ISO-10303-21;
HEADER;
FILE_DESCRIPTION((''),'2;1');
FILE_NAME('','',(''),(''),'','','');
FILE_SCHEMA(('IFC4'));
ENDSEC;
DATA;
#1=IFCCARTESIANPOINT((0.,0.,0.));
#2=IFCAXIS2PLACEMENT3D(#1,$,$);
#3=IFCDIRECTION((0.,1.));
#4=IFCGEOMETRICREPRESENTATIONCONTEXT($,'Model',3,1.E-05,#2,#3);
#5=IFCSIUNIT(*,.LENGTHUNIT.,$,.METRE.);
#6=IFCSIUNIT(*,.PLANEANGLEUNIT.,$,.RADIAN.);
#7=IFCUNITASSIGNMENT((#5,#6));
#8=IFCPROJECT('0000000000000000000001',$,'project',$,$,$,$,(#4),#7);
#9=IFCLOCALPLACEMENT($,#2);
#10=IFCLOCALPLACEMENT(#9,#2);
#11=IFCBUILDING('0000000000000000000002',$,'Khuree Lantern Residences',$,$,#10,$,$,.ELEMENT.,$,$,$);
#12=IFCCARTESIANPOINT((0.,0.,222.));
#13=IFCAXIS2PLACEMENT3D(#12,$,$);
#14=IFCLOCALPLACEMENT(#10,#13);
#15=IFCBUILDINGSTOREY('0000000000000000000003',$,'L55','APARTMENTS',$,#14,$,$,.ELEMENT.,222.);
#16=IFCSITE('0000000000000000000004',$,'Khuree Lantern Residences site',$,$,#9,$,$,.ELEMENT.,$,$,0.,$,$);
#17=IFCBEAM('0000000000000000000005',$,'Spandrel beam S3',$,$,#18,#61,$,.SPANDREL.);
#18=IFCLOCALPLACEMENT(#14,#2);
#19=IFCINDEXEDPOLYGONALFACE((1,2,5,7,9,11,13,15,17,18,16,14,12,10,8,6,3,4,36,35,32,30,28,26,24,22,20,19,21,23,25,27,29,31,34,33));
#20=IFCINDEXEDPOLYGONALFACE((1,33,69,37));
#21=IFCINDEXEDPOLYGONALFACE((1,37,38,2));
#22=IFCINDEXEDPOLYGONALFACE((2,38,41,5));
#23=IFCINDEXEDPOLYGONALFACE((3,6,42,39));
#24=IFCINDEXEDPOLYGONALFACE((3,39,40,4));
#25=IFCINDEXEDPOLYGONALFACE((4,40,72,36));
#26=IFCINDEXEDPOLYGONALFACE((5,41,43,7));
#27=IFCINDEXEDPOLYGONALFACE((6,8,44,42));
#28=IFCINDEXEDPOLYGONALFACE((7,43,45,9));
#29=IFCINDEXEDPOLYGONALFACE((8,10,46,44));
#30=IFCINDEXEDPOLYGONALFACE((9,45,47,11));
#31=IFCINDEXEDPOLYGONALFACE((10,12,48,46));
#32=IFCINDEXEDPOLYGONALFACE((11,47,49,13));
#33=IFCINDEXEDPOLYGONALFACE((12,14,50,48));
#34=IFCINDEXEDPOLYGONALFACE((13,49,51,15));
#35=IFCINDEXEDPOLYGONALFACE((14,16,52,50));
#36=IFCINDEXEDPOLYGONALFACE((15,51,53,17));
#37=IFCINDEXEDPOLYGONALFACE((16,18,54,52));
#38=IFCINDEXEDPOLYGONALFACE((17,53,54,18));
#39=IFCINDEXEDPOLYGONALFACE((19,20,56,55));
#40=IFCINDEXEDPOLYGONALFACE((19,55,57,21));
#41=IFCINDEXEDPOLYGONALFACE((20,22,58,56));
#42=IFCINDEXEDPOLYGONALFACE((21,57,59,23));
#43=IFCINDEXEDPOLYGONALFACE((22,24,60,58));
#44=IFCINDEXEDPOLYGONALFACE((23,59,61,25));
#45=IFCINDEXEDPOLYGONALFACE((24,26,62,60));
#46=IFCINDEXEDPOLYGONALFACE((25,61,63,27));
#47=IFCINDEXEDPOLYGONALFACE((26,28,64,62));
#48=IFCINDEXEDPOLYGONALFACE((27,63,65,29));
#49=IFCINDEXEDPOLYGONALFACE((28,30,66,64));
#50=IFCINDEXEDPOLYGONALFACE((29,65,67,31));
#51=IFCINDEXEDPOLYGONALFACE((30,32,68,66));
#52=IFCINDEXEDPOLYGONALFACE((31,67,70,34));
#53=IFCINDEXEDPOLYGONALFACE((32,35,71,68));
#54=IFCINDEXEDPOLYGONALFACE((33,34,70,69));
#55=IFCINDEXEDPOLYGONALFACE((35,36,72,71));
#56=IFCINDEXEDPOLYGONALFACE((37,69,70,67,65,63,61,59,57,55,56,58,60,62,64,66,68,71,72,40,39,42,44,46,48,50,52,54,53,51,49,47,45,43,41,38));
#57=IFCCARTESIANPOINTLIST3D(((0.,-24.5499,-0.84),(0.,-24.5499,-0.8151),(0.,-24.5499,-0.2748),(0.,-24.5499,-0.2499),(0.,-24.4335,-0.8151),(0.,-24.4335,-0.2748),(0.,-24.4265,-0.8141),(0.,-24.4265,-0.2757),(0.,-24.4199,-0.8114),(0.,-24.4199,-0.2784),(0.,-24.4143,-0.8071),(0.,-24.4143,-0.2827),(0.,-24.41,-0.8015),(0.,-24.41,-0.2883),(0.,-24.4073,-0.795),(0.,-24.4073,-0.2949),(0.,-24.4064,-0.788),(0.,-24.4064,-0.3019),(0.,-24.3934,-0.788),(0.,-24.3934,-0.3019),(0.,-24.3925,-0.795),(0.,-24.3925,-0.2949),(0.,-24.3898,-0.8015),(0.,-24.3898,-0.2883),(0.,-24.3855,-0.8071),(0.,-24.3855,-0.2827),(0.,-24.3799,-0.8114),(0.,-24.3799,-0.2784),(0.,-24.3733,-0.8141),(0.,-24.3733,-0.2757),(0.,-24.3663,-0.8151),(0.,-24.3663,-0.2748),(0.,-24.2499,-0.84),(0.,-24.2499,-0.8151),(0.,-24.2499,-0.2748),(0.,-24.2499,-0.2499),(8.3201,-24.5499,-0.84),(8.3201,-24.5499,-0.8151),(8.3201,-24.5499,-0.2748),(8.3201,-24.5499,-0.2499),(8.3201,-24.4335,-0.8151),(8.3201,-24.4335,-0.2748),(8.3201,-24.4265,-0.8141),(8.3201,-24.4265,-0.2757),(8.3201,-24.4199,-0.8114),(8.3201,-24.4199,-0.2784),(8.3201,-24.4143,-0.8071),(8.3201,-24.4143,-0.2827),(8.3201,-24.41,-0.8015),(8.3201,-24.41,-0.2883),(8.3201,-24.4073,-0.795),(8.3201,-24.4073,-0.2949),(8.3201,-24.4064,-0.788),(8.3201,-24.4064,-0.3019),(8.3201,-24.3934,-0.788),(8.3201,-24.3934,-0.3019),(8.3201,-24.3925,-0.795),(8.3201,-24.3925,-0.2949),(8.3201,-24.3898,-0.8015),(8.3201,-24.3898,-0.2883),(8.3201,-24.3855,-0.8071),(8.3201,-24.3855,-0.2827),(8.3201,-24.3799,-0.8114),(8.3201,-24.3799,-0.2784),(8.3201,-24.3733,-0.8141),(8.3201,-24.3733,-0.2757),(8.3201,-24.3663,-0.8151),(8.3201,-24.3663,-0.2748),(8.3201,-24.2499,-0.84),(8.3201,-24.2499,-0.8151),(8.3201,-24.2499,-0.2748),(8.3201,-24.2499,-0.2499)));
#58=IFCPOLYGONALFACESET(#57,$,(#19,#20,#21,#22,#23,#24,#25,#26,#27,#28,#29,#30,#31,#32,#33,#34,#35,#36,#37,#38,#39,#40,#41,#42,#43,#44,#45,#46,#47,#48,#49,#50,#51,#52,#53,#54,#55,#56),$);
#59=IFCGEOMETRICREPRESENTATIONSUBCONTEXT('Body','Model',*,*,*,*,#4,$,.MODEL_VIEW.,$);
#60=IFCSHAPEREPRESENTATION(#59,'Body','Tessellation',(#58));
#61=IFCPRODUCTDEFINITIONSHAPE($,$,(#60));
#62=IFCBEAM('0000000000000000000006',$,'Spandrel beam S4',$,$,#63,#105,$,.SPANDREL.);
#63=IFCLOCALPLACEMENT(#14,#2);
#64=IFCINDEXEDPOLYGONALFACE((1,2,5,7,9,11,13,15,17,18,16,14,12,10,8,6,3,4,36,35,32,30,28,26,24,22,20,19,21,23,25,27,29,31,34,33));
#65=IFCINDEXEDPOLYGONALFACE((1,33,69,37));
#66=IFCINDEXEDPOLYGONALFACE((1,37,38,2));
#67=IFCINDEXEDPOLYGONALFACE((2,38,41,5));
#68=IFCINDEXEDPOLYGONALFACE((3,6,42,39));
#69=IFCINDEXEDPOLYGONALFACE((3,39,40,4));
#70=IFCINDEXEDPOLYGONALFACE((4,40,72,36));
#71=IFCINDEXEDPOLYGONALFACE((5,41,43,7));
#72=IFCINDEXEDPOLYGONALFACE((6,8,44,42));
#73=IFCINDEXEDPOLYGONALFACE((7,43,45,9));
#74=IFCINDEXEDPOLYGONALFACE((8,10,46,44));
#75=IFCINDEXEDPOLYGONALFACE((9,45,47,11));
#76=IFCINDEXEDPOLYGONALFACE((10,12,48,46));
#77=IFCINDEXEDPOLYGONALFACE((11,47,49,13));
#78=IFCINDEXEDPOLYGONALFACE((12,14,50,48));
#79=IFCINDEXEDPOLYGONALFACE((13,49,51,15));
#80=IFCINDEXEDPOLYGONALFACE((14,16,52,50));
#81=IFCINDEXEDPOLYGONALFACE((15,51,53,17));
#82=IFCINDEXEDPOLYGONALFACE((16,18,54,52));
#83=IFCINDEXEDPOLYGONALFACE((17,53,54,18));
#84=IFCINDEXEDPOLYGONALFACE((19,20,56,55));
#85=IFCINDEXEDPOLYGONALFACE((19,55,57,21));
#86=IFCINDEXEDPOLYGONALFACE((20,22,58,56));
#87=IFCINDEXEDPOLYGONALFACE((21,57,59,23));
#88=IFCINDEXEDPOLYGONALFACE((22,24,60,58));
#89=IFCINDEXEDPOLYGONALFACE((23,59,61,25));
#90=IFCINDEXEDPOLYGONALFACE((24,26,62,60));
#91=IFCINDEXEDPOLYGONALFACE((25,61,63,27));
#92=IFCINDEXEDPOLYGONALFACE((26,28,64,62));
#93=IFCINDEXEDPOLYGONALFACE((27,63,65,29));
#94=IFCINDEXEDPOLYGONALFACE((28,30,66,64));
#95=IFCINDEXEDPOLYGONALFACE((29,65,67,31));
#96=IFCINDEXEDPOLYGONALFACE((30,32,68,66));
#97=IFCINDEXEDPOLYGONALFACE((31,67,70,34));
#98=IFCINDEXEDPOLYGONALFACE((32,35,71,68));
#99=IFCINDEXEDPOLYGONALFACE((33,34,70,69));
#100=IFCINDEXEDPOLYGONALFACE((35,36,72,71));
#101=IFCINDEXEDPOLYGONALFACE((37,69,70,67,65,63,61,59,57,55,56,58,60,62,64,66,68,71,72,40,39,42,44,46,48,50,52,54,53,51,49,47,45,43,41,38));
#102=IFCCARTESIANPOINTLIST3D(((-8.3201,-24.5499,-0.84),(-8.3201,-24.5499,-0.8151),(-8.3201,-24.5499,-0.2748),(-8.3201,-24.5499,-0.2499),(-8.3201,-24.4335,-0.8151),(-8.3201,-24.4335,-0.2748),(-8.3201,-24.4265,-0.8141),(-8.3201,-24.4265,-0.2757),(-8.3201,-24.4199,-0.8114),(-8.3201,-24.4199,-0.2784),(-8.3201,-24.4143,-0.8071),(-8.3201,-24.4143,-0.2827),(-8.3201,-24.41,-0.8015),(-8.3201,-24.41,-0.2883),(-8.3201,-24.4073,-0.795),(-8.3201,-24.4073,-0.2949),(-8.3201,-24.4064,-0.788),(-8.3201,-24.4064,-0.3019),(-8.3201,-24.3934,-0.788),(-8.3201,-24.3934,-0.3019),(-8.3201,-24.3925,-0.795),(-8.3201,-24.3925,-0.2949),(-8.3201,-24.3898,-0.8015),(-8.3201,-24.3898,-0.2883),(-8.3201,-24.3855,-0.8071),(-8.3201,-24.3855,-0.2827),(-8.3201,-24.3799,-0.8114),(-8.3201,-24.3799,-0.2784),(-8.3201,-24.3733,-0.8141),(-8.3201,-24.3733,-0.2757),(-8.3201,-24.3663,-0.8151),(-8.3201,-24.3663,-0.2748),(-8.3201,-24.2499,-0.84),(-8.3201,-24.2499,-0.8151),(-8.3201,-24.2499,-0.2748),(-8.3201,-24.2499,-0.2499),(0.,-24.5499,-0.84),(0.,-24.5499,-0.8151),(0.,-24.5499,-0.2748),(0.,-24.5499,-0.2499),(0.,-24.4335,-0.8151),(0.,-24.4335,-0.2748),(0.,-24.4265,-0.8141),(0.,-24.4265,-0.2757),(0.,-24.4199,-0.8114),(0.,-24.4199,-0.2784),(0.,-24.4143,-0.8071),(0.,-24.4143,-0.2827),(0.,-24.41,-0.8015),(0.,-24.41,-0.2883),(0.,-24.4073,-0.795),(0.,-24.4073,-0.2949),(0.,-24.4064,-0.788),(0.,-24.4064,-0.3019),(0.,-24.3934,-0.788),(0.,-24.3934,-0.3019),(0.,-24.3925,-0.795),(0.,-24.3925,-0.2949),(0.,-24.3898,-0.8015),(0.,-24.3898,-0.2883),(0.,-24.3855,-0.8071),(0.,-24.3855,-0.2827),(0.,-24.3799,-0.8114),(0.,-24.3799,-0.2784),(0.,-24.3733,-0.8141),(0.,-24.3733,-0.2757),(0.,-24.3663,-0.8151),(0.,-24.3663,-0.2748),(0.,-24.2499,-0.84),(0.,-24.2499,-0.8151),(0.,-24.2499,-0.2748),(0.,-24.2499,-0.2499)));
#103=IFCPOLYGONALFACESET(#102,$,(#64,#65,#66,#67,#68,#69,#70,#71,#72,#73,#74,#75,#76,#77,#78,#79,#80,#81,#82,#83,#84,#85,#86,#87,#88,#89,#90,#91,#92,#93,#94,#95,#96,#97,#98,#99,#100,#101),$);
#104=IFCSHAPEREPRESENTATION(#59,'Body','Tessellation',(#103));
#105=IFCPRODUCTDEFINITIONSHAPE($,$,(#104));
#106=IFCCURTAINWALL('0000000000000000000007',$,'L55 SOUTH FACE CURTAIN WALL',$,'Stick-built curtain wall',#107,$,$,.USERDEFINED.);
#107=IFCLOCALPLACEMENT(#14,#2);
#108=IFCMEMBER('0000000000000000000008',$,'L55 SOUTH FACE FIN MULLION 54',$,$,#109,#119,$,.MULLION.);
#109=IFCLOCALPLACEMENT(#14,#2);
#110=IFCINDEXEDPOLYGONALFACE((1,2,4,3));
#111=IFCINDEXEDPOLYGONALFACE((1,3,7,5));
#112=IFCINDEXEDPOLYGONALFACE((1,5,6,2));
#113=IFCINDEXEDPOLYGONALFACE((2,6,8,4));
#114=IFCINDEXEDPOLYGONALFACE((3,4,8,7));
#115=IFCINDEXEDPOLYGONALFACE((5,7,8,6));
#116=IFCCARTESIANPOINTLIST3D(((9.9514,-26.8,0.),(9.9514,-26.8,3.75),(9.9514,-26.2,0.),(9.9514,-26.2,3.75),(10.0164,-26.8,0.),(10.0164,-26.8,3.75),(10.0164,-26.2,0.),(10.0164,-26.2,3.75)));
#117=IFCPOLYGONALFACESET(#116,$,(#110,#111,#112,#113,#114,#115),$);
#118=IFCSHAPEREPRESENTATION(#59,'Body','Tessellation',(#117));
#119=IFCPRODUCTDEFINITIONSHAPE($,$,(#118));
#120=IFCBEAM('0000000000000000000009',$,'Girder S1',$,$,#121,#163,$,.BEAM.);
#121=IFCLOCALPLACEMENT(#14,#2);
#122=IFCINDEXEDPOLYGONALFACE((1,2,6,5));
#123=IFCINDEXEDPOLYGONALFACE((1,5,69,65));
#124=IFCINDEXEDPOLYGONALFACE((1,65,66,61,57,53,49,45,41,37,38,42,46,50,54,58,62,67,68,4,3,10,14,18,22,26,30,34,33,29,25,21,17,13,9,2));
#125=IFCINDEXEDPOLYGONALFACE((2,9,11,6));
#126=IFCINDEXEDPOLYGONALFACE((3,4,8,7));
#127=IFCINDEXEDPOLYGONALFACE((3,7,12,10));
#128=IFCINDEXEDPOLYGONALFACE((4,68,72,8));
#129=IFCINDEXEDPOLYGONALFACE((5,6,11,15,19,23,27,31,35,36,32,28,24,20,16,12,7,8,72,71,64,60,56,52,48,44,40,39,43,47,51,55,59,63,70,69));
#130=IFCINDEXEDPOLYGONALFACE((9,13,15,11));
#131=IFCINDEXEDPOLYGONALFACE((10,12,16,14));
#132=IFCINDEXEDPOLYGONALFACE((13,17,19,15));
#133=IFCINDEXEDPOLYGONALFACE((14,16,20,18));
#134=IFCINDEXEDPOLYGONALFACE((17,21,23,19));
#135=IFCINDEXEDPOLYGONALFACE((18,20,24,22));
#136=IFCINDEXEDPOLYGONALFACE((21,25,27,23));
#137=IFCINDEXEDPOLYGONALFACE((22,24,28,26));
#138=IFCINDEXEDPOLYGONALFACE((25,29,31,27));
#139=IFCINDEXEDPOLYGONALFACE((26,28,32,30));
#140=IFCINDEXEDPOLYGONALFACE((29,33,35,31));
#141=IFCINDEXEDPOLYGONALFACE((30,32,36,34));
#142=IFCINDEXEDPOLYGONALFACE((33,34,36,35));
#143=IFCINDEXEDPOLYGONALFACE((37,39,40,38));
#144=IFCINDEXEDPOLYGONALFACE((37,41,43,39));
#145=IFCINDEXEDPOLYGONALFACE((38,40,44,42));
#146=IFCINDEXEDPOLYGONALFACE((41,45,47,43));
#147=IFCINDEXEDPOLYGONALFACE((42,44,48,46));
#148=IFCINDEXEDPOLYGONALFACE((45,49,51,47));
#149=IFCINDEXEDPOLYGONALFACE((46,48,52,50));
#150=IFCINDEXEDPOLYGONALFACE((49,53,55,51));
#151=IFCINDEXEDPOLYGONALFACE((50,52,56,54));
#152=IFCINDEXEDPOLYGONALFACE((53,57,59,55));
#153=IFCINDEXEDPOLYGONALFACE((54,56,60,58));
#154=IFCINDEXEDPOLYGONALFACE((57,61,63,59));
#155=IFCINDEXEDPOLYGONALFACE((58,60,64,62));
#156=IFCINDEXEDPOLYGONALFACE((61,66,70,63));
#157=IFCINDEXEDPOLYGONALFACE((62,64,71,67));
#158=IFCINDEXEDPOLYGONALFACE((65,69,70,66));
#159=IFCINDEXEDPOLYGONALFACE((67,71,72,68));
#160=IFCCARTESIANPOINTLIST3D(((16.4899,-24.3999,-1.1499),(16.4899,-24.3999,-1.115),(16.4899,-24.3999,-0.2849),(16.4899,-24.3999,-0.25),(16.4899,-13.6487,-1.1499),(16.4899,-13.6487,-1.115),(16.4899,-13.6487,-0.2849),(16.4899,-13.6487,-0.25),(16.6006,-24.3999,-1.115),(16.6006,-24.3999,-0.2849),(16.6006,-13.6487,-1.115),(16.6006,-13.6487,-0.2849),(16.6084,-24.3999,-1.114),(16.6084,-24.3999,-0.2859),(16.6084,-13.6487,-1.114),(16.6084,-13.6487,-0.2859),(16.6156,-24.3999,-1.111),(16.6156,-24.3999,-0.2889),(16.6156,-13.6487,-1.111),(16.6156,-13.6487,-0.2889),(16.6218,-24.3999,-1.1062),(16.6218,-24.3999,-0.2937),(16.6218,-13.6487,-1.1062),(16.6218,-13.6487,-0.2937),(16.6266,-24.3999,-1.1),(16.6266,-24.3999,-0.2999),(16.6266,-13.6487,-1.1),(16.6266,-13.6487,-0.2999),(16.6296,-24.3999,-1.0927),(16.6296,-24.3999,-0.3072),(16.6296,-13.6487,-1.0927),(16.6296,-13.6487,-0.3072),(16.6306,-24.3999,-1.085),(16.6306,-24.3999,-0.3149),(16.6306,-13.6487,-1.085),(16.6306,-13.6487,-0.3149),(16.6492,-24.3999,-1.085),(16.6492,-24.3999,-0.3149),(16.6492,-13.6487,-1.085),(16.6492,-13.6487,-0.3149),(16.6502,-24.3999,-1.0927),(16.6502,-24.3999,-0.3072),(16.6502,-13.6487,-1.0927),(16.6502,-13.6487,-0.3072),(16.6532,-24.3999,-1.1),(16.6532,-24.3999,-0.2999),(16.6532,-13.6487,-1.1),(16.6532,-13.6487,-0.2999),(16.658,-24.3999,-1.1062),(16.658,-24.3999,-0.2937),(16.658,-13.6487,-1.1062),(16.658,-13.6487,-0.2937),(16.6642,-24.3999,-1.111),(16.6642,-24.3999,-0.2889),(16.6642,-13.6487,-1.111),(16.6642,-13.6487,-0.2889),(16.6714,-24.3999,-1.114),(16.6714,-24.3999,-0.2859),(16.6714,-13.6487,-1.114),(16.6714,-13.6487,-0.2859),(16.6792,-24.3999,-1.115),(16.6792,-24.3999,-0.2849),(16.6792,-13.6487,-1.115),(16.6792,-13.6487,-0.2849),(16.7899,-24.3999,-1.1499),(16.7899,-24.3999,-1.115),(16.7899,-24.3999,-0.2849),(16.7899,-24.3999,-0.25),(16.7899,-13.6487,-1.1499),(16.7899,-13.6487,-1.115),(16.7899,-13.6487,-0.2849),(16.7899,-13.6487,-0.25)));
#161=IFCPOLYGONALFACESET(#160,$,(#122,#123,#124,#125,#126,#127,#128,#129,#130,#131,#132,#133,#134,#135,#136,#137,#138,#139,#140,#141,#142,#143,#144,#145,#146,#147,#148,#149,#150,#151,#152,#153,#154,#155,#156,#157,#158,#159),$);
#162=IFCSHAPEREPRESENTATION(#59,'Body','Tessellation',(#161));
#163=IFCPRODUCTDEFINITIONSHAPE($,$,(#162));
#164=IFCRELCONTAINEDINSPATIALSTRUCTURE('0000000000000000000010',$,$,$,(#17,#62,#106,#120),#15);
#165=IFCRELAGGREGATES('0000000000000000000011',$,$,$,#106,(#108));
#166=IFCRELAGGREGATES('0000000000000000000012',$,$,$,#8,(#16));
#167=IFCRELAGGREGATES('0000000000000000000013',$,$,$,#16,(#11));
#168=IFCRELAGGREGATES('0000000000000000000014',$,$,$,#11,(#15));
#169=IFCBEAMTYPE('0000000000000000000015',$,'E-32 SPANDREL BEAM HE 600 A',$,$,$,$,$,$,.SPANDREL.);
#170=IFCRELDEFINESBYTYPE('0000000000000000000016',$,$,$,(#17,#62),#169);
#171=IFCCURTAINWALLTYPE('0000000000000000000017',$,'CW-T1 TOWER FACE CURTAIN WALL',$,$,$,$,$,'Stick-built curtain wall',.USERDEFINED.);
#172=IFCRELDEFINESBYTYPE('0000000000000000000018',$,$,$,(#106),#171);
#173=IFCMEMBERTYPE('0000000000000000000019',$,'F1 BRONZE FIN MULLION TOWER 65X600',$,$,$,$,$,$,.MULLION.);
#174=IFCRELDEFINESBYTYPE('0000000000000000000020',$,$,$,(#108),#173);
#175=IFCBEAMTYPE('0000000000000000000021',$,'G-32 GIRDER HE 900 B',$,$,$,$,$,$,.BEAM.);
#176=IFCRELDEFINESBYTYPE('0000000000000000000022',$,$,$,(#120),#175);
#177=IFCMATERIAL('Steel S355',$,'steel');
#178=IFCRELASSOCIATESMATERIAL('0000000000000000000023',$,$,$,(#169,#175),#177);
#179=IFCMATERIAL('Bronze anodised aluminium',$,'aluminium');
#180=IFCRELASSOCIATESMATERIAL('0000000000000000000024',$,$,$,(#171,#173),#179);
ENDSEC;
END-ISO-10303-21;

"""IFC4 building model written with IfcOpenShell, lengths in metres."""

from ifc_helpers import new_model, si_unit, direction, frame, origin, origin_2d, place, context, subcontext, project, spatial, rectangle, i_section, extrude, material, material_profile, profile_set, type_object, element, aggregate, save


model = new_model("IFC4")

# Units and contexts
model_context = context("Model", 3, precision=1e-05, world=origin(), true_north=direction((0.0, 1.0)))
body_context = subcontext(model_context, "Body", "Model", "MODEL_VIEW")
ifc_project = project(units=[si_unit("LENGTHUNIT", "METRE"), si_unit("PLANEANGLEUNIT", "RADIAN")], contexts=[model_context])

# Site, building, storey
site_placement = place(None, origin())
site = spatial("IfcSite", under=ifc_project, at=site_placement, Name="Khuree Lantern Residences site", CompositionType="ELEMENT", RefElevation=0.0)
building_placement = place(site_placement, origin())
building = spatial("IfcBuilding", under=site, at=building_placement, Name="Khuree Lantern Residences", CompositionType="ELEMENT")
storey_placement = place(building_placement, frame((0.0, 0.0, 222.0)))
storey = spatial("IfcBuildingStorey", under=building, at=storey_placement, Name="L55", Description="APARTMENTS", CompositionType="ELEMENT", Elevation=222.0)

# Beams
ifc_material_1 = material(Name="Steel S355", Category="steel")
ifc_material_profile_1 = material_profile(ifc_material_1, i_section(OverallWidth=0.3, OverallDepth=0.5901, WebThickness=0.0129, FlangeThickness=0.0249, FilletRadius=0.0271, at=origin_2d()), Name="HE 600 A")
ifc_profile_set_1 = profile_set([ifc_material_profile_1], Name="Steel S355")
beam_type_1 = type_object("IfcBeamType", Name="E-32 SPANDREL BEAM HE 600 A", PredefinedType="SPANDREL", material=ifc_profile_set_1)
for number, where, z_axis, x_axis, name in (
    (1, (8.3201, -24.3999, -0.5449), (-1.0, 0.0, 0.0), (0.0, -1.0, 0.0), "Spandrel beam S3"),
    (2, (0.0, -24.3999, -0.5449), (-1.0, 0.0, 0.0), (0.0, -1.0, 0.0), "Spandrel beam S4"),
):
    element("IfcBeam", number, at=place(storey_placement, frame(where, z_axis=z_axis, x_axis=x_axis)), inside=storey, type_object=beam_type_1, Name=name, PredefinedType="SPANDREL", context=body_context, shape_type="SweptSolid", body=[
        extrude(i_section(OverallWidth=0.3, OverallDepth=0.5901, WebThickness=0.0129, FlangeThickness=0.0249, FilletRadius=0.0271, at=origin_2d()), origin(), (0.0, 0.0, 1.0), 8.3201),
    ])

# Curtain wall, member
ifc_material_2 = material(Name="Bronze anodised aluminium", Category="aluminium")
curtain_wall_type = type_object("IfcCurtainWallType", Name="CW-T1 TOWER FACE CURTAIN WALL", ElementType="Stick-built curtain wall", PredefinedType="USERDEFINED", material=ifc_material_2)
curtain_wall_placement = place(storey_placement, origin())
curtain_wall = element("IfcCurtainWall", 3, at=curtain_wall_placement, inside=storey, type_object=curtain_wall_type, Name="L55 SOUTH FACE CURTAIN WALL", ObjectType="Stick-built curtain wall", PredefinedType="USERDEFINED")
ifc_material_profile_2 = material_profile(ifc_material_2, rectangle(XDim=0.0649, YDim=0.6001, at=origin_2d()), Name="F1 65X600")
ifc_profile_set_2 = profile_set([ifc_material_profile_2], Name="Bronze anodised aluminium")
member_type_1 = type_object("IfcMemberType", Name="F1 BRONZE FIN MULLION TOWER 65X600", PredefinedType="MULLION", material=ifc_profile_set_2)
member_1_placement = place(storey_placement, frame((9.9839, -26.5, 0.0), z_axis=(0.0, 0.0, 1.0), x_axis=(1.0, 0.0, 0.0)))
member_1 = element("IfcMember", 4, at=member_1_placement, type_object=member_type_1, Name="L55 SOUTH FACE FIN MULLION 54", PredefinedType="MULLION", context=body_context, shape_type="SweptSolid", body=[
    extrude(rectangle(XDim=0.0649, YDim=0.6001, at=origin_2d()), origin(), (0.0, 0.0, 1.0), 3.75),
])

# Beam
ifc_material_profile_3 = material_profile(ifc_material_1, i_section(OverallWidth=0.3, OverallDepth=0.8999, WebThickness=0.0186, FlangeThickness=0.0349, FilletRadius=0.03, at=origin_2d()), Name="HE 900 B")
ifc_profile_set_3 = profile_set([ifc_material_profile_3], Name="Steel S355")
beam_type_2 = type_object("IfcBeamType", Name="G-32 GIRDER HE 900 B", PredefinedType="BEAM", material=ifc_profile_set_3)
beam_1_placement = place(storey_placement, frame((16.6399, -24.3999, -0.7), z_axis=(0.0, 1.0, 0.0), x_axis=(-1.0, 0.0, 0.0)))
element("IfcBeam", 5, at=beam_1_placement, inside=storey, type_object=beam_type_2, Name="Girder S1", PredefinedType="BEAM", context=body_context, shape_type="SweptSolid", body=[
    extrude(i_section(OverallWidth=0.3, OverallDepth=0.8999, WebThickness=0.0186, FlangeThickness=0.0349, FilletRadius=0.03, at=origin_2d()), origin(), (0.0, 0.0, 1.0), 10.7512),
])

aggregate(curtain_wall, [member_1])

save(model, "model.ifc")
